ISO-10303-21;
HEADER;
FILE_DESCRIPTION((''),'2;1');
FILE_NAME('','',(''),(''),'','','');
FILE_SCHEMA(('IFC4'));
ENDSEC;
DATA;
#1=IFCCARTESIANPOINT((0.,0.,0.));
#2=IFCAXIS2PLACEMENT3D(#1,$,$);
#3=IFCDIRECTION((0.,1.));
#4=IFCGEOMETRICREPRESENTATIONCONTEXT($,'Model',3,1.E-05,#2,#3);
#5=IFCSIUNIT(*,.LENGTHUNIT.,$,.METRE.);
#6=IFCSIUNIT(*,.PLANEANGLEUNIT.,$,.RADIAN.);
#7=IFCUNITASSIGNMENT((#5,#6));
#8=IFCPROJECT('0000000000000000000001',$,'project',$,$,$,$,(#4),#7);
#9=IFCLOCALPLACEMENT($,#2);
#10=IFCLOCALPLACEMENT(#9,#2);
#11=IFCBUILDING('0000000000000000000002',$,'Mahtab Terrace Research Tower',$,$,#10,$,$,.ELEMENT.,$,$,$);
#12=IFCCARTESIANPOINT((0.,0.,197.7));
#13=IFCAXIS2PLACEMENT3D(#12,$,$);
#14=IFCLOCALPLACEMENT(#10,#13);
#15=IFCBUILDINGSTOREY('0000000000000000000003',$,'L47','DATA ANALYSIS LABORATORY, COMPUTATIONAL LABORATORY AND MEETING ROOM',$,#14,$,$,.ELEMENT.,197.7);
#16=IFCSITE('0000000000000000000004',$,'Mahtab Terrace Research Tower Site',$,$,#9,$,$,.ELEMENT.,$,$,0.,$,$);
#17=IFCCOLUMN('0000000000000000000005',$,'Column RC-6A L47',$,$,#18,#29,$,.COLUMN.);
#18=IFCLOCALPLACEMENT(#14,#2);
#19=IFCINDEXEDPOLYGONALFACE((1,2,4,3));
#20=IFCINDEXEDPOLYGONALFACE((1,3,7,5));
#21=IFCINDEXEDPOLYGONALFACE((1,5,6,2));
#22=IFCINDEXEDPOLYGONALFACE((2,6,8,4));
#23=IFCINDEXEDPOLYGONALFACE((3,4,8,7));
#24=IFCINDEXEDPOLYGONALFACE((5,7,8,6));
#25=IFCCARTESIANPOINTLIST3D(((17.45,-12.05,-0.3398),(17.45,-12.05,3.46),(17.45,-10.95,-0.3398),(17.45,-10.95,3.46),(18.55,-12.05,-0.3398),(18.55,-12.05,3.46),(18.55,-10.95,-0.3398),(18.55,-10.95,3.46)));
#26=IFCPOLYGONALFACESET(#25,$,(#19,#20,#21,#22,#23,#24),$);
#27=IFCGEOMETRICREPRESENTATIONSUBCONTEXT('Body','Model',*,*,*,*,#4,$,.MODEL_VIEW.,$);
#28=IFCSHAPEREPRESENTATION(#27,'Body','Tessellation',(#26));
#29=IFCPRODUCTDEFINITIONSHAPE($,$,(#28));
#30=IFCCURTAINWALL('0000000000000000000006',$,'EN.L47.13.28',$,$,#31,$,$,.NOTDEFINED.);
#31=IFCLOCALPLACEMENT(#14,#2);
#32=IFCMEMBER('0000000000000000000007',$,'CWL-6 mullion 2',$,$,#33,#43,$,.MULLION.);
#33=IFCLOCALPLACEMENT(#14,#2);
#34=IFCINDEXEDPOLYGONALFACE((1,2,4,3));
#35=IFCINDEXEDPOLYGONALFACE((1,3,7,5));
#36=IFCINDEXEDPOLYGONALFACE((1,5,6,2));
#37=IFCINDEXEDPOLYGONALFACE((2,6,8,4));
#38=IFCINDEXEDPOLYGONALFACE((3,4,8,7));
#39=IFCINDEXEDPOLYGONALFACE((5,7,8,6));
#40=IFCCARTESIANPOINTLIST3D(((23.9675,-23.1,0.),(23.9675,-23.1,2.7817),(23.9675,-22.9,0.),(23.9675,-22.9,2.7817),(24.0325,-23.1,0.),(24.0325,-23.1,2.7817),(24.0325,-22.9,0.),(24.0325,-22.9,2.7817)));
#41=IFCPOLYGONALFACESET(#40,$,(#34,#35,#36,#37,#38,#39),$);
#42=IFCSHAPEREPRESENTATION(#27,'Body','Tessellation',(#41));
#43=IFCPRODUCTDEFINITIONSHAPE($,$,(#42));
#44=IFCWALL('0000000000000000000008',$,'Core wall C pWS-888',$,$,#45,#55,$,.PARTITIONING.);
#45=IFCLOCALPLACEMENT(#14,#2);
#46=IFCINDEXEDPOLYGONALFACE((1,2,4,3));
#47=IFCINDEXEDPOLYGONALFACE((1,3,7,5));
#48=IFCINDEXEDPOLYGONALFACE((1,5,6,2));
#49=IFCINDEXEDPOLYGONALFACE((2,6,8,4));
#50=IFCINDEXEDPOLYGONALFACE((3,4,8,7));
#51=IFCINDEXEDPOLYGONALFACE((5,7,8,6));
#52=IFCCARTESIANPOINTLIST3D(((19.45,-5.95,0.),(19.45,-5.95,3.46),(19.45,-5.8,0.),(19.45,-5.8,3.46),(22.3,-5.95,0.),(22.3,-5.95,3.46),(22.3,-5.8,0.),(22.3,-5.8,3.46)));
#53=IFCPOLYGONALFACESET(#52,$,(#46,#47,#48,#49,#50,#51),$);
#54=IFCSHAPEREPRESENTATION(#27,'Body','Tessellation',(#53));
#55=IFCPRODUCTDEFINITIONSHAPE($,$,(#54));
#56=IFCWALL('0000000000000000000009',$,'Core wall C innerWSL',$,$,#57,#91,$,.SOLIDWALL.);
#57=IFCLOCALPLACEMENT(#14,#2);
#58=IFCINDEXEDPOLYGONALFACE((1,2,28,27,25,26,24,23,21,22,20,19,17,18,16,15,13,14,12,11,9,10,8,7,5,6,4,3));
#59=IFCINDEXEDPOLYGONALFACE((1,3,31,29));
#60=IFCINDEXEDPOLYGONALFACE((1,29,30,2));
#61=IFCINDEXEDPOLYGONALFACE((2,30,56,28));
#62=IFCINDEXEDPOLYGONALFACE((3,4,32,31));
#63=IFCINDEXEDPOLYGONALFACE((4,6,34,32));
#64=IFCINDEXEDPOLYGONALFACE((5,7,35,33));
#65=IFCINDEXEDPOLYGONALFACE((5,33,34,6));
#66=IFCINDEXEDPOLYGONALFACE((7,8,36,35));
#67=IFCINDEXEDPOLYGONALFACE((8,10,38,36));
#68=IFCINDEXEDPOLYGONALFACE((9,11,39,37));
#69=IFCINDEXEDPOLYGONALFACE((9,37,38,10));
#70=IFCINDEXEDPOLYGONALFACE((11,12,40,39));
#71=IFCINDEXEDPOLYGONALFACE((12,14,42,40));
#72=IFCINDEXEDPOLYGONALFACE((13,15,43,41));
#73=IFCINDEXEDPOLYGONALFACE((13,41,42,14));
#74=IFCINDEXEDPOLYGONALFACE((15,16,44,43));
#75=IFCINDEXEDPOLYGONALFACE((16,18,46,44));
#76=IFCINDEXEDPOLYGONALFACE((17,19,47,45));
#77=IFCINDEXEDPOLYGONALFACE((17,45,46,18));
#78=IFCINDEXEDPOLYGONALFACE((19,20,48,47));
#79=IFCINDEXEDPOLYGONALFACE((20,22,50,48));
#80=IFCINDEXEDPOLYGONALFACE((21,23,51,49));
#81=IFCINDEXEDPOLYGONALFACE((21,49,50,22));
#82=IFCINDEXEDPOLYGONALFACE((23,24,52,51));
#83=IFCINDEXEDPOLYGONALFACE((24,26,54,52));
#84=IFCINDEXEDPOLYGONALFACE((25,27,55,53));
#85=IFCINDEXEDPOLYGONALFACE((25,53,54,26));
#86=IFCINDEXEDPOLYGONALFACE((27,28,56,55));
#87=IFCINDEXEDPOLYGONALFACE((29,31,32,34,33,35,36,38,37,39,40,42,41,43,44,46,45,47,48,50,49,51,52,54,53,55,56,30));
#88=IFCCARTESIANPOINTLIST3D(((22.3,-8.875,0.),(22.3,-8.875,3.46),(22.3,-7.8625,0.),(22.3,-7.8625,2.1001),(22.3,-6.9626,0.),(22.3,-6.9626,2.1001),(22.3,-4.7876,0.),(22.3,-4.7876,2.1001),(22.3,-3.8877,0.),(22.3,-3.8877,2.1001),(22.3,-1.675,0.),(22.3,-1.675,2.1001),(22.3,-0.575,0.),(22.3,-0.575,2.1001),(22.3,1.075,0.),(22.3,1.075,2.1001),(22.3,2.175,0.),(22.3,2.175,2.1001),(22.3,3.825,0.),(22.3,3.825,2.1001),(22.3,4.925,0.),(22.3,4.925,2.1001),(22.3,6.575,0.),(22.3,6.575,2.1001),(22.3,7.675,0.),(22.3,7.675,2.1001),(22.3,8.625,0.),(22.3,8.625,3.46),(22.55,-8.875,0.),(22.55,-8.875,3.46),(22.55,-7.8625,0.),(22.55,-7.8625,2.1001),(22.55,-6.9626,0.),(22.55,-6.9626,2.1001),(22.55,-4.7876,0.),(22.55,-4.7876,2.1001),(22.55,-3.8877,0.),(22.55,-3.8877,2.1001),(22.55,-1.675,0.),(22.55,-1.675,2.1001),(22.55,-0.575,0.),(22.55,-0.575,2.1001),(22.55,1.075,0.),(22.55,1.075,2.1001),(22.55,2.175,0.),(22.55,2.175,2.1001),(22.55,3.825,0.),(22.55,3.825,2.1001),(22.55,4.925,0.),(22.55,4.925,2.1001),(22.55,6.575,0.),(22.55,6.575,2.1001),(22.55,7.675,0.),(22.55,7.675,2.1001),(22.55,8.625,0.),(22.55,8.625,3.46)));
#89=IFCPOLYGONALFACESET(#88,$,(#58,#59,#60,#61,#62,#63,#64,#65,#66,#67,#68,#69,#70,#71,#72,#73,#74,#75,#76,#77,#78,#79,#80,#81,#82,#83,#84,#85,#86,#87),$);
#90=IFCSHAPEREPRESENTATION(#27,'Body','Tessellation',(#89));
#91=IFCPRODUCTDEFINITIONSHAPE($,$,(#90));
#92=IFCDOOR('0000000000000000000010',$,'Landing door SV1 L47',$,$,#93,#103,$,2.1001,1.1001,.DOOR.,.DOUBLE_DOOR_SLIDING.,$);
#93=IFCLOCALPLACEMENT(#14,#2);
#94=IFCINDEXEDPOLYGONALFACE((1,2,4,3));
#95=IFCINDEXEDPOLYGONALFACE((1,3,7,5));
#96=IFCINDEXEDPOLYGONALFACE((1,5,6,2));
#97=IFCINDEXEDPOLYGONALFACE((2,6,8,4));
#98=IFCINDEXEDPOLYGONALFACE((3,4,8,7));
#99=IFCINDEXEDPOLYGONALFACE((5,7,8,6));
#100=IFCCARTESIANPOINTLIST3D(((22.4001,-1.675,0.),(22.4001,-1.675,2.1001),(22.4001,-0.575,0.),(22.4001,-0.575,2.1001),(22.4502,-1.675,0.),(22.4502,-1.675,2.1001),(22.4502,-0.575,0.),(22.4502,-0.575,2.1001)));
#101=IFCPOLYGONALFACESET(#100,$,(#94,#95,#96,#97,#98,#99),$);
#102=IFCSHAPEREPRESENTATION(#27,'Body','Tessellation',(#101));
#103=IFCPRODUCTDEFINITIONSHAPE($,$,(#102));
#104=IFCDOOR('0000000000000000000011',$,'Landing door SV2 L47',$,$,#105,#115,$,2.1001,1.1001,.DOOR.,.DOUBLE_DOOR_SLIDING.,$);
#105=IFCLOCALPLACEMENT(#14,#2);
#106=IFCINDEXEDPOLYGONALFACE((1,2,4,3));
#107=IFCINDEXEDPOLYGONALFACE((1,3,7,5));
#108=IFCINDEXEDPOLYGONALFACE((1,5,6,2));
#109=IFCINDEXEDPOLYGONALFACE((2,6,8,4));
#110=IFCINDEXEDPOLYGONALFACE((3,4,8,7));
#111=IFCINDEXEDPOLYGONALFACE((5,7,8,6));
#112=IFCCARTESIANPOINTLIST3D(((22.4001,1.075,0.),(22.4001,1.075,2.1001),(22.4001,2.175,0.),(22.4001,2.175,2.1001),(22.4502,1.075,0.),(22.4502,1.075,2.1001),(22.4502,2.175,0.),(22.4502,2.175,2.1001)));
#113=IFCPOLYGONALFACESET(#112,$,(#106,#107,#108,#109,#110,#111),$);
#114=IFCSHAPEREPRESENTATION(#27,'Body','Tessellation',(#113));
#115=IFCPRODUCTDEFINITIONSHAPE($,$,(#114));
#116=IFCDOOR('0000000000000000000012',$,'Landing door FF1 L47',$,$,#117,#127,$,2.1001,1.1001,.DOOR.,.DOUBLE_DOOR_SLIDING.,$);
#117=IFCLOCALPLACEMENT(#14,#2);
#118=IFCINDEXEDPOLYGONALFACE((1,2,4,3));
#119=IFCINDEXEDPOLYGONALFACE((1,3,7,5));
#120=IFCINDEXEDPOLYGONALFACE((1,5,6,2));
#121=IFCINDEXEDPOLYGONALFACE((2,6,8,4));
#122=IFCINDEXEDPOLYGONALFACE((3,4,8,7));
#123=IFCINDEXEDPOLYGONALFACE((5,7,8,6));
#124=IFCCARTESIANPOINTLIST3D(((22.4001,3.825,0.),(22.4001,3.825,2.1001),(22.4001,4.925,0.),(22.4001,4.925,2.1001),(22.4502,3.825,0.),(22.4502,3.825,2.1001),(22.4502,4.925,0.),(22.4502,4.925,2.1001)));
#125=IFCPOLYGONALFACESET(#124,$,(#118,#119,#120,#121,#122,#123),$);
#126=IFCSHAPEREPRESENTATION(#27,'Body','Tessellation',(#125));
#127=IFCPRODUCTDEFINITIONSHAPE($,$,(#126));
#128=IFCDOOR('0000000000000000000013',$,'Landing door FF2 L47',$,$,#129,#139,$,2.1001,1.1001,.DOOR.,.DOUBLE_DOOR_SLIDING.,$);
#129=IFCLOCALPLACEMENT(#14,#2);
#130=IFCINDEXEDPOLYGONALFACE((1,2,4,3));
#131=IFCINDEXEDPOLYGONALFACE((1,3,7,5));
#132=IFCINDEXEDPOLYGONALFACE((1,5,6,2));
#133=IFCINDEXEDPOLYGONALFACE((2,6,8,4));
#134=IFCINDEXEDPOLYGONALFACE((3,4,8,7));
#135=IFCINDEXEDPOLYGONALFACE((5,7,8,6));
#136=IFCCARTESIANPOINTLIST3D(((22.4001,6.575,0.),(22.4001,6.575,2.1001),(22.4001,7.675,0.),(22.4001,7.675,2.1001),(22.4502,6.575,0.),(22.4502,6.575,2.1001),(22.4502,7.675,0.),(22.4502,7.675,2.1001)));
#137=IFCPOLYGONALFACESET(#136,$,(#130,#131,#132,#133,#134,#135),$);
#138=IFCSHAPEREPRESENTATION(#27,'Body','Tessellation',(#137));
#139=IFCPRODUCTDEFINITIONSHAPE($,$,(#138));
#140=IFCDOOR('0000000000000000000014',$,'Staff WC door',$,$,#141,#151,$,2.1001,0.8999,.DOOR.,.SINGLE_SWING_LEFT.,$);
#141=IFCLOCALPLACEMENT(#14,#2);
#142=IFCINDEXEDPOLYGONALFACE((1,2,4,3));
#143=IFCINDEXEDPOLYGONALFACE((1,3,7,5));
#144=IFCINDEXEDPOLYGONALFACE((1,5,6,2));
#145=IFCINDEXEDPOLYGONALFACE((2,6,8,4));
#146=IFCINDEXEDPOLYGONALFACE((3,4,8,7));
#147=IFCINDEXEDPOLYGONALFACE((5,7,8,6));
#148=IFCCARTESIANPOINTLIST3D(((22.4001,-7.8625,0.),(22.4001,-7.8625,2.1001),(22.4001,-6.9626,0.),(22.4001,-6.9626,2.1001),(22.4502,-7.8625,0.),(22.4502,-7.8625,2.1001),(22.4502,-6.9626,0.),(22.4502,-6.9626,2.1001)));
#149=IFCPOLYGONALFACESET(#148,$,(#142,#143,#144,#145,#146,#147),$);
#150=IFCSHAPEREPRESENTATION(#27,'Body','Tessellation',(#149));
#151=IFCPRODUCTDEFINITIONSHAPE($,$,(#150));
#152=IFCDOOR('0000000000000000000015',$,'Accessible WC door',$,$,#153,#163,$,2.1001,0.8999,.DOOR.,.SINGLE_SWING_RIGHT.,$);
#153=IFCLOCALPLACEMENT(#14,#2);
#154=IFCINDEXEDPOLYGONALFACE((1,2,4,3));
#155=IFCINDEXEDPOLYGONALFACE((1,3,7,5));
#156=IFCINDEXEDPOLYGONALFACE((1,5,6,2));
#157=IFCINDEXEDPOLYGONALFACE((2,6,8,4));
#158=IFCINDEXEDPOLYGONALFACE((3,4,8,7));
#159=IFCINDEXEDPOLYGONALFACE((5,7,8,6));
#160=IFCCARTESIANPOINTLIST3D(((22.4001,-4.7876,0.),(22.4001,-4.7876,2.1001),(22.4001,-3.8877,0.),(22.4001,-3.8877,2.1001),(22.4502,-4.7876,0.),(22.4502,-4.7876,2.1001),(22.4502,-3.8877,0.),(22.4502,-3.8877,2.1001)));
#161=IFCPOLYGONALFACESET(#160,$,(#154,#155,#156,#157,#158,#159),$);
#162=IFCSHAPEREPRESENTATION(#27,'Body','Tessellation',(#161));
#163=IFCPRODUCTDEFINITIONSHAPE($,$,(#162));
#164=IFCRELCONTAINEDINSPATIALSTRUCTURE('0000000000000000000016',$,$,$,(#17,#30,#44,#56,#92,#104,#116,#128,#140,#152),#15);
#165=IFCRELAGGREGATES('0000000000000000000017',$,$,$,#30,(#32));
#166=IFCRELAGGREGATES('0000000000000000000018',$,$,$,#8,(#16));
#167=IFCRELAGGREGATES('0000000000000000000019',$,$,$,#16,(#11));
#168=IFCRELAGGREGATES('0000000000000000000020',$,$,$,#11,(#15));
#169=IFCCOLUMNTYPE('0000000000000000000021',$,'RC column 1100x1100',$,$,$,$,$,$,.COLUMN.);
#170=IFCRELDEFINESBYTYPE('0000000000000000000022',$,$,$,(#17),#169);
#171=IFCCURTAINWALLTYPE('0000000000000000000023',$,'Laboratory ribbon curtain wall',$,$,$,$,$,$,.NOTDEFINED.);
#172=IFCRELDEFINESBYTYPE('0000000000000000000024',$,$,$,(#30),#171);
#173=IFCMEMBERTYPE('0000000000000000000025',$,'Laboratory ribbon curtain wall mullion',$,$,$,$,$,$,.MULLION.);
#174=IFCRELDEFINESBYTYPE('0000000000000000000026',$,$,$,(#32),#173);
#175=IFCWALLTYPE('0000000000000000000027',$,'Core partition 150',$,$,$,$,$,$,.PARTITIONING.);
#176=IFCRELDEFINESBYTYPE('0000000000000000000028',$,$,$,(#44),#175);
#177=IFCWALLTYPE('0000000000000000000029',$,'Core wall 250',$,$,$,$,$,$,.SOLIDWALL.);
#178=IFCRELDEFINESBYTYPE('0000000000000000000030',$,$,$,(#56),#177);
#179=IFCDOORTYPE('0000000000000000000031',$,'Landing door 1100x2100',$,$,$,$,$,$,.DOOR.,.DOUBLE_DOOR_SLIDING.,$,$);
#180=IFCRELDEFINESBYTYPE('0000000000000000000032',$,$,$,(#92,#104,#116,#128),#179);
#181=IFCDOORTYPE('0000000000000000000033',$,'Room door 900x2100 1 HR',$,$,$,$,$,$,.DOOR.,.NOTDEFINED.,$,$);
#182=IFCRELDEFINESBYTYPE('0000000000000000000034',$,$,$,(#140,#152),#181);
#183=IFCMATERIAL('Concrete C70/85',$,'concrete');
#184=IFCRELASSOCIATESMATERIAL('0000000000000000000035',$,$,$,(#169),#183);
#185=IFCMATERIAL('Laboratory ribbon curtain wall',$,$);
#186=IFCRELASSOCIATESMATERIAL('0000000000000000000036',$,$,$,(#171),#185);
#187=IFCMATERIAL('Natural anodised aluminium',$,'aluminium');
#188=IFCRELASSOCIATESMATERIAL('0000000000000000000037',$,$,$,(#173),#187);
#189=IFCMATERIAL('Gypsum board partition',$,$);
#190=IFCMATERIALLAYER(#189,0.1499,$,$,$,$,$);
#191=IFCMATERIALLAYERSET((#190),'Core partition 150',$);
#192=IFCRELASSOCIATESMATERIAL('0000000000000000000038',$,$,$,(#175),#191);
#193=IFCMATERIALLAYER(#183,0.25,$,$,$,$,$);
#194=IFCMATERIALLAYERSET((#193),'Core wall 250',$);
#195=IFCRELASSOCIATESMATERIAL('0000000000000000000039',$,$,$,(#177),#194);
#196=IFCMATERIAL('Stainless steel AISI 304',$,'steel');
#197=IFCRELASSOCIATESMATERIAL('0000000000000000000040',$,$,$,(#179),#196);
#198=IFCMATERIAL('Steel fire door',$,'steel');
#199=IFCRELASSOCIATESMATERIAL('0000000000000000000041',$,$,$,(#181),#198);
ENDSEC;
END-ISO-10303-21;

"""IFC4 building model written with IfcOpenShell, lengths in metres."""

from ifc_helpers import new_model, si_unit, direction, frame, frame_2d, origin, origin_2d, place, context, subcontext, project, spatial, rectangle, extrude, material, layer, layer_set, material_profile, profile_set, type_object, element, fill, aggregate, save


model = new_model("IFC4")

# Units and contexts
model_context = context("Model", 3, precision=1e-05, world=origin(), true_north=direction((0.0, 1.0)))
body_context = subcontext(model_context, "Body", "Model", "MODEL_VIEW")
ifc_project = project(units=[si_unit("LENGTHUNIT", "METRE"), si_unit("PLANEANGLEUNIT", "RADIAN")], contexts=[model_context])

# Site, building, storey
site_placement = place(None, origin())
site = spatial("IfcSite", under=ifc_project, at=site_placement, Name="Mahtab Terrace Research Tower Site", CompositionType="ELEMENT", RefElevation=0.0)
building_placement = place(site_placement, origin())
building = spatial("IfcBuilding", under=site, at=building_placement, Name="Mahtab Terrace Research Tower", CompositionType="ELEMENT")
storey_placement = place(building_placement, frame((0.0, 0.0, 197.7)))
storey = spatial("IfcBuildingStorey", under=building, at=storey_placement, Name="L47", Description="DATA ANALYSIS LABORATORY, COMPUTATIONAL LABORATORY AND MEETING ROOM", CompositionType="ELEMENT", Elevation=197.7)

# Column
ifc_material_1 = material(Name="Concrete C70/85", Category="concrete")
ifc_material_profile_1 = material_profile(ifc_material_1, rectangle(XDim=1.1001, YDim=1.1001, at=origin_2d()), Name="RC column 1100x1100")
ifc_profile_set_1 = profile_set([ifc_material_profile_1], Name="Concrete C70/85")
column_type = type_object("IfcColumnType", Name="RC column 1100x1100", PredefinedType="COLUMN", material=ifc_profile_set_1)
column_placement = place(storey_placement, frame((18.0, -11.5, -0.3398), z_axis=(0.0, 0.0, 1.0), x_axis=(1.0, 0.0, 0.0)))
element("IfcColumn", 1, at=column_placement, inside=storey, type_object=column_type, Name="Column RC-6A L47", PredefinedType="COLUMN", context=body_context, shape_type="SweptSolid", body=[
    extrude(rectangle(XDim=1.1001, YDim=1.1001, at=origin_2d()), origin(), (0.0, 0.0, 1.0), 3.7998),
])

# Curtain wall, member
ifc_material_2 = material(Name="Laboratory ribbon curtain wall")
curtain_wall_type = type_object("IfcCurtainWallType", Name="Laboratory ribbon curtain wall", PredefinedType="NOTDEFINED", material=ifc_material_2)
curtain_wall_placement = place(storey_placement, origin())
curtain_wall = element("IfcCurtainWall", 2, at=curtain_wall_placement, inside=storey, type_object=curtain_wall_type, Name="EN.L47.13.28", PredefinedType="NOTDEFINED")
ifc_material_3 = material(Name="Natural anodised aluminium", Category="aluminium")
ifc_material_profile_2 = material_profile(ifc_material_3, rectangle(XDim=0.2, YDim=0.0649, at=origin_2d()), Name="MULLION 65x200")
ifc_profile_set_2 = profile_set([ifc_material_profile_2], Name="Natural anodised aluminium")
member_type = type_object("IfcMemberType", Name="Laboratory ribbon curtain wall mullion", PredefinedType="MULLION", material=ifc_profile_set_2)
member_placement = place(storey_placement, frame((24.0, -23.0, 0.0), z_axis=(0.0, 0.0, 1.0), x_axis=(0.0, 1.0, 0.0)))
member = element("IfcMember", 3, at=member_placement, type_object=member_type, Name="CWL-6 mullion 2", PredefinedType="MULLION", context=body_context, shape_type="SweptSolid", body=[
    extrude(rectangle(XDim=0.2, YDim=0.0649, at=origin_2d()), origin(), (0.0, 0.0, 1.0), 2.7817),
])
aggregate(curtain_wall, [member])

# Wall
ifc_material_4 = material(Name="Gypsum board partition")
ifc_layer_1 = layer(ifc_material_4, 0.1499)
ifc_layer_set_1 = layer_set([ifc_layer_1], Name="Core partition 150")
wall_type_1 = type_object("IfcWallType", Name="Core partition 150", PredefinedType="PARTITIONING", material=ifc_layer_set_1)
wall_1_placement = place(storey_placement, frame((19.45, -5.875, 0.0), z_axis=(0.0, 0.0, 1.0), x_axis=(1.0, 0.0, 0.0)))
element("IfcWall", 4, at=wall_1_placement, inside=storey, type_object=wall_type_1, Name="Core wall C pWS-888", PredefinedType="PARTITIONING", context=body_context, shape_type="SweptSolid", body=[
    extrude(rectangle(XDim=2.8501, YDim=0.1499, at=frame_2d((1.425, 0.0))), origin(), (0.0, 0.0, 1.0), 3.46),
])

# Wall, openings, doors
ifc_layer_2 = layer(ifc_material_1, 0.25)
ifc_layer_set_2 = layer_set([ifc_layer_2], Name="Core wall 250")
wall_type_2 = type_object("IfcWallType", Name="Core wall 250", PredefinedType="SOLIDWALL", material=ifc_layer_set_2)
wall_2_placement = place(storey_placement, frame((22.425, -8.875, 0.0), z_axis=(0.0, 0.0, 1.0), x_axis=(0.0, 1.0, 0.0)))
wall_2 = element("IfcWall", 5, at=wall_2_placement, inside=storey, type_object=wall_type_2, Name="Core wall C innerWSL", PredefinedType="SOLIDWALL", context=body_context, shape_type="SweptSolid", body=[
    extrude(rectangle(XDim=17.5, YDim=0.25, at=frame_2d((8.75, 0.0))), origin(), (0.0, 0.0, 1.0), 3.46),
])
opening_1_placement = place(wall_2_placement, frame((7.2, 0.0, 0.0)))
opening_1 = element("IfcOpeningElement", 6, at=opening_1_placement, cuts=wall_2, PredefinedType="OPENING", context=body_context, shape_type="SweptSolid", body=[
    extrude(rectangle(XDim=1.1001, YDim=2.1001, at=frame_2d((0.55, 1.05))), frame((0.0, 0.135, 0.0), z_axis=(0.0, -1.0, 0.0), x_axis=(1.0, 0.0, 0.0)), (0.0, 0.0, 1.0), 0.27),
])
opening_2_placement = place(wall_2_placement, frame((9.95, 0.0, 0.0)))
opening_2 = element("IfcOpeningElement", 7, at=opening_2_placement, cuts=wall_2, PredefinedType="OPENING", context=body_context, shape_type="SweptSolid", body=[
    extrude(rectangle(XDim=1.1001, YDim=2.1001, at=frame_2d((0.55, 1.05))), frame((0.0, 0.135, 0.0), z_axis=(0.0, -1.0, 0.0), x_axis=(1.0, 0.0, 0.0)), (0.0, 0.0, 1.0), 0.27),
])
opening_3_placement = place(wall_2_placement, frame((12.7, 0.0, 0.0)))
opening_3 = element("IfcOpeningElement", 8, at=opening_3_placement, cuts=wall_2, PredefinedType="OPENING", context=body_context, shape_type="SweptSolid", body=[
    extrude(rectangle(XDim=1.1001, YDim=2.1001, at=frame_2d((0.55, 1.05))), frame((0.0, 0.135, 0.0), z_axis=(0.0, -1.0, 0.0), x_axis=(1.0, 0.0, 0.0)), (0.0, 0.0, 1.0), 0.27),
])
opening_4_placement = place(wall_2_placement, frame((15.45, 0.0, 0.0)))
opening_4 = element("IfcOpeningElement", 9, at=opening_4_placement, cuts=wall_2, PredefinedType="OPENING", context=body_context, shape_type="SweptSolid", body=[
    extrude(rectangle(XDim=1.1001, YDim=2.1001, at=frame_2d((0.55, 1.05))), frame((0.0, 0.135, 0.0), z_axis=(0.0, -1.0, 0.0), x_axis=(1.0, 0.0, 0.0)), (0.0, 0.0, 1.0), 0.27),
])
opening_5_placement = place(wall_2_placement, frame((1.0125, 0.0, 0.0)))
opening_5 = element("IfcOpeningElement", 10, at=opening_5_placement, cuts=wall_2, PredefinedType="OPENING", context=body_context, shape_type="SweptSolid", body=[
    extrude(rectangle(XDim=0.8999, YDim=2.1001, at=frame_2d((0.45, 1.05))), frame((0.0, 0.135, 0.0), z_axis=(0.0, -1.0, 0.0), x_axis=(1.0, 0.0, 0.0)), (0.0, 0.0, 1.0), 0.27),
])
opening_6_placement = place(wall_2_placement, frame((4.0874, 0.0, 0.0)))
opening_6 = element("IfcOpeningElement", 11, at=opening_6_placement, cuts=wall_2, PredefinedType="OPENING", context=body_context, shape_type="SweptSolid", body=[
    extrude(rectangle(XDim=0.8999, YDim=2.1001, at=frame_2d((0.45, 1.05))), frame((0.0, 0.135, 0.0), z_axis=(0.0, -1.0, 0.0), x_axis=(1.0, 0.0, 0.0)), (0.0, 0.0, 1.0), 0.27),
])
ifc_material_5 = material(Name="Stainless steel AISI 304", Category="steel")
door_type_1 = type_object("IfcDoorType", Name="Landing door 1100x2100", OperationType="DOUBLE_DOOR_SLIDING", PredefinedType="DOOR", material=ifc_material_5)
door_1_placement = place(opening_1_placement, origin())
door_1 = element("IfcDoor", 12, at=door_1_placement, inside=storey, type_object=door_type_1, Name="Landing door SV1 L47", OperationType="DOUBLE_DOOR_SLIDING", OverallHeight=2.1001, OverallWidth=1.1001, PredefinedType="DOOR", context=body_context, shape_type="SweptSolid", body=[
    extrude(rectangle(XDim=1.1001, YDim=2.1001, at=frame_2d((0.55, 1.05))), frame((0.0, 0.0249, 0.0), z_axis=(0.0, -1.0, 0.0), x_axis=(1.0, 0.0, 0.0)), (0.0, 0.0, 1.0), 0.05),
])
fill(opening_1, door_1)
door_2_placement = place(opening_2_placement, origin())
door_2 = element("IfcDoor", 13, at=door_2_placement, inside=storey, type_object=door_type_1, Name="Landing door SV2 L47", OperationType="DOUBLE_DOOR_SLIDING", OverallHeight=2.1001, OverallWidth=1.1001, PredefinedType="DOOR", context=body_context, shape_type="SweptSolid", body=[
    extrude(rectangle(XDim=1.1001, YDim=2.1001, at=frame_2d((0.55, 1.05))), frame((0.0, 0.0249, 0.0), z_axis=(0.0, -1.0, 0.0), x_axis=(1.0, 0.0, 0.0)), (0.0, 0.0, 1.0), 0.05),
])
fill(opening_2, door_2)
door_3_placement = place(opening_3_placement, origin())
door_3 = element("IfcDoor", 14, at=door_3_placement, inside=storey, type_object=door_type_1, Name="Landing door FF1 L47", OperationType="DOUBLE_DOOR_SLIDING", OverallHeight=2.1001, OverallWidth=1.1001, PredefinedType="DOOR", context=body_context, shape_type="SweptSolid", body=[
    extrude(rectangle(XDim=1.1001, YDim=2.1001, at=frame_2d((0.55, 1.05))), frame((0.0, 0.0249, 0.0), z_axis=(0.0, -1.0, 0.0), x_axis=(1.0, 0.0, 0.0)), (0.0, 0.0, 1.0), 0.05),
])
fill(opening_3, door_3)
door_4_placement = place(opening_4_placement, origin())
door_4 = element("IfcDoor", 15, at=door_4_placement, inside=storey, type_object=door_type_1, Name="Landing door FF2 L47", OperationType="DOUBLE_DOOR_SLIDING", OverallHeight=2.1001, OverallWidth=1.1001, PredefinedType="DOOR", context=body_context, shape_type="SweptSolid", body=[
    extrude(rectangle(XDim=1.1001, YDim=2.1001, at=frame_2d((0.55, 1.05))), frame((0.0, 0.0249, 0.0), z_axis=(0.0, -1.0, 0.0), x_axis=(1.0, 0.0, 0.0)), (0.0, 0.0, 1.0), 0.05),
])
fill(opening_4, door_4)
ifc_material_6 = material(Name="Steel fire door", Category="steel")
door_type_2 = type_object("IfcDoorType", Name="Room door 900x2100 1 HR", OperationType="NOTDEFINED", PredefinedType="DOOR", material=ifc_material_6)
door_5_placement = place(opening_5_placement, origin())
door_5 = element("IfcDoor", 16, at=door_5_placement, inside=storey, type_object=door_type_2, Name="Staff WC door", OperationType="SINGLE_SWING_LEFT", OverallHeight=2.1001, OverallWidth=0.8999, PredefinedType="DOOR", context=body_context, shape_type="SweptSolid", body=[
    extrude(rectangle(XDim=0.8999, YDim=2.1001, at=frame_2d((0.45, 1.05))), frame((0.0, 0.0249, 0.0), z_axis=(0.0, -1.0, 0.0), x_axis=(1.0, 0.0, 0.0)), (0.0, 0.0, 1.0), 0.05),
])
fill(opening_5, door_5)
door_6_placement = place(opening_6_placement, origin())
door_6 = element("IfcDoor", 17, at=door_6_placement, inside=storey, type_object=door_type_2, Name="Accessible WC door", OperationType="SINGLE_SWING_RIGHT", OverallHeight=2.1001, OverallWidth=0.8999, PredefinedType="DOOR", context=body_context, shape_type="SweptSolid", body=[
    extrude(rectangle(XDim=0.8999, YDim=2.1001, at=frame_2d((0.45, 1.05))), frame((0.0, 0.0249, 0.0), z_axis=(0.0, -1.0, 0.0), x_axis=(1.0, 0.0, 0.0)), (0.0, 0.0, 1.0), 0.05),
])
fill(opening_6, door_6)

save(model, "model.ifc")
